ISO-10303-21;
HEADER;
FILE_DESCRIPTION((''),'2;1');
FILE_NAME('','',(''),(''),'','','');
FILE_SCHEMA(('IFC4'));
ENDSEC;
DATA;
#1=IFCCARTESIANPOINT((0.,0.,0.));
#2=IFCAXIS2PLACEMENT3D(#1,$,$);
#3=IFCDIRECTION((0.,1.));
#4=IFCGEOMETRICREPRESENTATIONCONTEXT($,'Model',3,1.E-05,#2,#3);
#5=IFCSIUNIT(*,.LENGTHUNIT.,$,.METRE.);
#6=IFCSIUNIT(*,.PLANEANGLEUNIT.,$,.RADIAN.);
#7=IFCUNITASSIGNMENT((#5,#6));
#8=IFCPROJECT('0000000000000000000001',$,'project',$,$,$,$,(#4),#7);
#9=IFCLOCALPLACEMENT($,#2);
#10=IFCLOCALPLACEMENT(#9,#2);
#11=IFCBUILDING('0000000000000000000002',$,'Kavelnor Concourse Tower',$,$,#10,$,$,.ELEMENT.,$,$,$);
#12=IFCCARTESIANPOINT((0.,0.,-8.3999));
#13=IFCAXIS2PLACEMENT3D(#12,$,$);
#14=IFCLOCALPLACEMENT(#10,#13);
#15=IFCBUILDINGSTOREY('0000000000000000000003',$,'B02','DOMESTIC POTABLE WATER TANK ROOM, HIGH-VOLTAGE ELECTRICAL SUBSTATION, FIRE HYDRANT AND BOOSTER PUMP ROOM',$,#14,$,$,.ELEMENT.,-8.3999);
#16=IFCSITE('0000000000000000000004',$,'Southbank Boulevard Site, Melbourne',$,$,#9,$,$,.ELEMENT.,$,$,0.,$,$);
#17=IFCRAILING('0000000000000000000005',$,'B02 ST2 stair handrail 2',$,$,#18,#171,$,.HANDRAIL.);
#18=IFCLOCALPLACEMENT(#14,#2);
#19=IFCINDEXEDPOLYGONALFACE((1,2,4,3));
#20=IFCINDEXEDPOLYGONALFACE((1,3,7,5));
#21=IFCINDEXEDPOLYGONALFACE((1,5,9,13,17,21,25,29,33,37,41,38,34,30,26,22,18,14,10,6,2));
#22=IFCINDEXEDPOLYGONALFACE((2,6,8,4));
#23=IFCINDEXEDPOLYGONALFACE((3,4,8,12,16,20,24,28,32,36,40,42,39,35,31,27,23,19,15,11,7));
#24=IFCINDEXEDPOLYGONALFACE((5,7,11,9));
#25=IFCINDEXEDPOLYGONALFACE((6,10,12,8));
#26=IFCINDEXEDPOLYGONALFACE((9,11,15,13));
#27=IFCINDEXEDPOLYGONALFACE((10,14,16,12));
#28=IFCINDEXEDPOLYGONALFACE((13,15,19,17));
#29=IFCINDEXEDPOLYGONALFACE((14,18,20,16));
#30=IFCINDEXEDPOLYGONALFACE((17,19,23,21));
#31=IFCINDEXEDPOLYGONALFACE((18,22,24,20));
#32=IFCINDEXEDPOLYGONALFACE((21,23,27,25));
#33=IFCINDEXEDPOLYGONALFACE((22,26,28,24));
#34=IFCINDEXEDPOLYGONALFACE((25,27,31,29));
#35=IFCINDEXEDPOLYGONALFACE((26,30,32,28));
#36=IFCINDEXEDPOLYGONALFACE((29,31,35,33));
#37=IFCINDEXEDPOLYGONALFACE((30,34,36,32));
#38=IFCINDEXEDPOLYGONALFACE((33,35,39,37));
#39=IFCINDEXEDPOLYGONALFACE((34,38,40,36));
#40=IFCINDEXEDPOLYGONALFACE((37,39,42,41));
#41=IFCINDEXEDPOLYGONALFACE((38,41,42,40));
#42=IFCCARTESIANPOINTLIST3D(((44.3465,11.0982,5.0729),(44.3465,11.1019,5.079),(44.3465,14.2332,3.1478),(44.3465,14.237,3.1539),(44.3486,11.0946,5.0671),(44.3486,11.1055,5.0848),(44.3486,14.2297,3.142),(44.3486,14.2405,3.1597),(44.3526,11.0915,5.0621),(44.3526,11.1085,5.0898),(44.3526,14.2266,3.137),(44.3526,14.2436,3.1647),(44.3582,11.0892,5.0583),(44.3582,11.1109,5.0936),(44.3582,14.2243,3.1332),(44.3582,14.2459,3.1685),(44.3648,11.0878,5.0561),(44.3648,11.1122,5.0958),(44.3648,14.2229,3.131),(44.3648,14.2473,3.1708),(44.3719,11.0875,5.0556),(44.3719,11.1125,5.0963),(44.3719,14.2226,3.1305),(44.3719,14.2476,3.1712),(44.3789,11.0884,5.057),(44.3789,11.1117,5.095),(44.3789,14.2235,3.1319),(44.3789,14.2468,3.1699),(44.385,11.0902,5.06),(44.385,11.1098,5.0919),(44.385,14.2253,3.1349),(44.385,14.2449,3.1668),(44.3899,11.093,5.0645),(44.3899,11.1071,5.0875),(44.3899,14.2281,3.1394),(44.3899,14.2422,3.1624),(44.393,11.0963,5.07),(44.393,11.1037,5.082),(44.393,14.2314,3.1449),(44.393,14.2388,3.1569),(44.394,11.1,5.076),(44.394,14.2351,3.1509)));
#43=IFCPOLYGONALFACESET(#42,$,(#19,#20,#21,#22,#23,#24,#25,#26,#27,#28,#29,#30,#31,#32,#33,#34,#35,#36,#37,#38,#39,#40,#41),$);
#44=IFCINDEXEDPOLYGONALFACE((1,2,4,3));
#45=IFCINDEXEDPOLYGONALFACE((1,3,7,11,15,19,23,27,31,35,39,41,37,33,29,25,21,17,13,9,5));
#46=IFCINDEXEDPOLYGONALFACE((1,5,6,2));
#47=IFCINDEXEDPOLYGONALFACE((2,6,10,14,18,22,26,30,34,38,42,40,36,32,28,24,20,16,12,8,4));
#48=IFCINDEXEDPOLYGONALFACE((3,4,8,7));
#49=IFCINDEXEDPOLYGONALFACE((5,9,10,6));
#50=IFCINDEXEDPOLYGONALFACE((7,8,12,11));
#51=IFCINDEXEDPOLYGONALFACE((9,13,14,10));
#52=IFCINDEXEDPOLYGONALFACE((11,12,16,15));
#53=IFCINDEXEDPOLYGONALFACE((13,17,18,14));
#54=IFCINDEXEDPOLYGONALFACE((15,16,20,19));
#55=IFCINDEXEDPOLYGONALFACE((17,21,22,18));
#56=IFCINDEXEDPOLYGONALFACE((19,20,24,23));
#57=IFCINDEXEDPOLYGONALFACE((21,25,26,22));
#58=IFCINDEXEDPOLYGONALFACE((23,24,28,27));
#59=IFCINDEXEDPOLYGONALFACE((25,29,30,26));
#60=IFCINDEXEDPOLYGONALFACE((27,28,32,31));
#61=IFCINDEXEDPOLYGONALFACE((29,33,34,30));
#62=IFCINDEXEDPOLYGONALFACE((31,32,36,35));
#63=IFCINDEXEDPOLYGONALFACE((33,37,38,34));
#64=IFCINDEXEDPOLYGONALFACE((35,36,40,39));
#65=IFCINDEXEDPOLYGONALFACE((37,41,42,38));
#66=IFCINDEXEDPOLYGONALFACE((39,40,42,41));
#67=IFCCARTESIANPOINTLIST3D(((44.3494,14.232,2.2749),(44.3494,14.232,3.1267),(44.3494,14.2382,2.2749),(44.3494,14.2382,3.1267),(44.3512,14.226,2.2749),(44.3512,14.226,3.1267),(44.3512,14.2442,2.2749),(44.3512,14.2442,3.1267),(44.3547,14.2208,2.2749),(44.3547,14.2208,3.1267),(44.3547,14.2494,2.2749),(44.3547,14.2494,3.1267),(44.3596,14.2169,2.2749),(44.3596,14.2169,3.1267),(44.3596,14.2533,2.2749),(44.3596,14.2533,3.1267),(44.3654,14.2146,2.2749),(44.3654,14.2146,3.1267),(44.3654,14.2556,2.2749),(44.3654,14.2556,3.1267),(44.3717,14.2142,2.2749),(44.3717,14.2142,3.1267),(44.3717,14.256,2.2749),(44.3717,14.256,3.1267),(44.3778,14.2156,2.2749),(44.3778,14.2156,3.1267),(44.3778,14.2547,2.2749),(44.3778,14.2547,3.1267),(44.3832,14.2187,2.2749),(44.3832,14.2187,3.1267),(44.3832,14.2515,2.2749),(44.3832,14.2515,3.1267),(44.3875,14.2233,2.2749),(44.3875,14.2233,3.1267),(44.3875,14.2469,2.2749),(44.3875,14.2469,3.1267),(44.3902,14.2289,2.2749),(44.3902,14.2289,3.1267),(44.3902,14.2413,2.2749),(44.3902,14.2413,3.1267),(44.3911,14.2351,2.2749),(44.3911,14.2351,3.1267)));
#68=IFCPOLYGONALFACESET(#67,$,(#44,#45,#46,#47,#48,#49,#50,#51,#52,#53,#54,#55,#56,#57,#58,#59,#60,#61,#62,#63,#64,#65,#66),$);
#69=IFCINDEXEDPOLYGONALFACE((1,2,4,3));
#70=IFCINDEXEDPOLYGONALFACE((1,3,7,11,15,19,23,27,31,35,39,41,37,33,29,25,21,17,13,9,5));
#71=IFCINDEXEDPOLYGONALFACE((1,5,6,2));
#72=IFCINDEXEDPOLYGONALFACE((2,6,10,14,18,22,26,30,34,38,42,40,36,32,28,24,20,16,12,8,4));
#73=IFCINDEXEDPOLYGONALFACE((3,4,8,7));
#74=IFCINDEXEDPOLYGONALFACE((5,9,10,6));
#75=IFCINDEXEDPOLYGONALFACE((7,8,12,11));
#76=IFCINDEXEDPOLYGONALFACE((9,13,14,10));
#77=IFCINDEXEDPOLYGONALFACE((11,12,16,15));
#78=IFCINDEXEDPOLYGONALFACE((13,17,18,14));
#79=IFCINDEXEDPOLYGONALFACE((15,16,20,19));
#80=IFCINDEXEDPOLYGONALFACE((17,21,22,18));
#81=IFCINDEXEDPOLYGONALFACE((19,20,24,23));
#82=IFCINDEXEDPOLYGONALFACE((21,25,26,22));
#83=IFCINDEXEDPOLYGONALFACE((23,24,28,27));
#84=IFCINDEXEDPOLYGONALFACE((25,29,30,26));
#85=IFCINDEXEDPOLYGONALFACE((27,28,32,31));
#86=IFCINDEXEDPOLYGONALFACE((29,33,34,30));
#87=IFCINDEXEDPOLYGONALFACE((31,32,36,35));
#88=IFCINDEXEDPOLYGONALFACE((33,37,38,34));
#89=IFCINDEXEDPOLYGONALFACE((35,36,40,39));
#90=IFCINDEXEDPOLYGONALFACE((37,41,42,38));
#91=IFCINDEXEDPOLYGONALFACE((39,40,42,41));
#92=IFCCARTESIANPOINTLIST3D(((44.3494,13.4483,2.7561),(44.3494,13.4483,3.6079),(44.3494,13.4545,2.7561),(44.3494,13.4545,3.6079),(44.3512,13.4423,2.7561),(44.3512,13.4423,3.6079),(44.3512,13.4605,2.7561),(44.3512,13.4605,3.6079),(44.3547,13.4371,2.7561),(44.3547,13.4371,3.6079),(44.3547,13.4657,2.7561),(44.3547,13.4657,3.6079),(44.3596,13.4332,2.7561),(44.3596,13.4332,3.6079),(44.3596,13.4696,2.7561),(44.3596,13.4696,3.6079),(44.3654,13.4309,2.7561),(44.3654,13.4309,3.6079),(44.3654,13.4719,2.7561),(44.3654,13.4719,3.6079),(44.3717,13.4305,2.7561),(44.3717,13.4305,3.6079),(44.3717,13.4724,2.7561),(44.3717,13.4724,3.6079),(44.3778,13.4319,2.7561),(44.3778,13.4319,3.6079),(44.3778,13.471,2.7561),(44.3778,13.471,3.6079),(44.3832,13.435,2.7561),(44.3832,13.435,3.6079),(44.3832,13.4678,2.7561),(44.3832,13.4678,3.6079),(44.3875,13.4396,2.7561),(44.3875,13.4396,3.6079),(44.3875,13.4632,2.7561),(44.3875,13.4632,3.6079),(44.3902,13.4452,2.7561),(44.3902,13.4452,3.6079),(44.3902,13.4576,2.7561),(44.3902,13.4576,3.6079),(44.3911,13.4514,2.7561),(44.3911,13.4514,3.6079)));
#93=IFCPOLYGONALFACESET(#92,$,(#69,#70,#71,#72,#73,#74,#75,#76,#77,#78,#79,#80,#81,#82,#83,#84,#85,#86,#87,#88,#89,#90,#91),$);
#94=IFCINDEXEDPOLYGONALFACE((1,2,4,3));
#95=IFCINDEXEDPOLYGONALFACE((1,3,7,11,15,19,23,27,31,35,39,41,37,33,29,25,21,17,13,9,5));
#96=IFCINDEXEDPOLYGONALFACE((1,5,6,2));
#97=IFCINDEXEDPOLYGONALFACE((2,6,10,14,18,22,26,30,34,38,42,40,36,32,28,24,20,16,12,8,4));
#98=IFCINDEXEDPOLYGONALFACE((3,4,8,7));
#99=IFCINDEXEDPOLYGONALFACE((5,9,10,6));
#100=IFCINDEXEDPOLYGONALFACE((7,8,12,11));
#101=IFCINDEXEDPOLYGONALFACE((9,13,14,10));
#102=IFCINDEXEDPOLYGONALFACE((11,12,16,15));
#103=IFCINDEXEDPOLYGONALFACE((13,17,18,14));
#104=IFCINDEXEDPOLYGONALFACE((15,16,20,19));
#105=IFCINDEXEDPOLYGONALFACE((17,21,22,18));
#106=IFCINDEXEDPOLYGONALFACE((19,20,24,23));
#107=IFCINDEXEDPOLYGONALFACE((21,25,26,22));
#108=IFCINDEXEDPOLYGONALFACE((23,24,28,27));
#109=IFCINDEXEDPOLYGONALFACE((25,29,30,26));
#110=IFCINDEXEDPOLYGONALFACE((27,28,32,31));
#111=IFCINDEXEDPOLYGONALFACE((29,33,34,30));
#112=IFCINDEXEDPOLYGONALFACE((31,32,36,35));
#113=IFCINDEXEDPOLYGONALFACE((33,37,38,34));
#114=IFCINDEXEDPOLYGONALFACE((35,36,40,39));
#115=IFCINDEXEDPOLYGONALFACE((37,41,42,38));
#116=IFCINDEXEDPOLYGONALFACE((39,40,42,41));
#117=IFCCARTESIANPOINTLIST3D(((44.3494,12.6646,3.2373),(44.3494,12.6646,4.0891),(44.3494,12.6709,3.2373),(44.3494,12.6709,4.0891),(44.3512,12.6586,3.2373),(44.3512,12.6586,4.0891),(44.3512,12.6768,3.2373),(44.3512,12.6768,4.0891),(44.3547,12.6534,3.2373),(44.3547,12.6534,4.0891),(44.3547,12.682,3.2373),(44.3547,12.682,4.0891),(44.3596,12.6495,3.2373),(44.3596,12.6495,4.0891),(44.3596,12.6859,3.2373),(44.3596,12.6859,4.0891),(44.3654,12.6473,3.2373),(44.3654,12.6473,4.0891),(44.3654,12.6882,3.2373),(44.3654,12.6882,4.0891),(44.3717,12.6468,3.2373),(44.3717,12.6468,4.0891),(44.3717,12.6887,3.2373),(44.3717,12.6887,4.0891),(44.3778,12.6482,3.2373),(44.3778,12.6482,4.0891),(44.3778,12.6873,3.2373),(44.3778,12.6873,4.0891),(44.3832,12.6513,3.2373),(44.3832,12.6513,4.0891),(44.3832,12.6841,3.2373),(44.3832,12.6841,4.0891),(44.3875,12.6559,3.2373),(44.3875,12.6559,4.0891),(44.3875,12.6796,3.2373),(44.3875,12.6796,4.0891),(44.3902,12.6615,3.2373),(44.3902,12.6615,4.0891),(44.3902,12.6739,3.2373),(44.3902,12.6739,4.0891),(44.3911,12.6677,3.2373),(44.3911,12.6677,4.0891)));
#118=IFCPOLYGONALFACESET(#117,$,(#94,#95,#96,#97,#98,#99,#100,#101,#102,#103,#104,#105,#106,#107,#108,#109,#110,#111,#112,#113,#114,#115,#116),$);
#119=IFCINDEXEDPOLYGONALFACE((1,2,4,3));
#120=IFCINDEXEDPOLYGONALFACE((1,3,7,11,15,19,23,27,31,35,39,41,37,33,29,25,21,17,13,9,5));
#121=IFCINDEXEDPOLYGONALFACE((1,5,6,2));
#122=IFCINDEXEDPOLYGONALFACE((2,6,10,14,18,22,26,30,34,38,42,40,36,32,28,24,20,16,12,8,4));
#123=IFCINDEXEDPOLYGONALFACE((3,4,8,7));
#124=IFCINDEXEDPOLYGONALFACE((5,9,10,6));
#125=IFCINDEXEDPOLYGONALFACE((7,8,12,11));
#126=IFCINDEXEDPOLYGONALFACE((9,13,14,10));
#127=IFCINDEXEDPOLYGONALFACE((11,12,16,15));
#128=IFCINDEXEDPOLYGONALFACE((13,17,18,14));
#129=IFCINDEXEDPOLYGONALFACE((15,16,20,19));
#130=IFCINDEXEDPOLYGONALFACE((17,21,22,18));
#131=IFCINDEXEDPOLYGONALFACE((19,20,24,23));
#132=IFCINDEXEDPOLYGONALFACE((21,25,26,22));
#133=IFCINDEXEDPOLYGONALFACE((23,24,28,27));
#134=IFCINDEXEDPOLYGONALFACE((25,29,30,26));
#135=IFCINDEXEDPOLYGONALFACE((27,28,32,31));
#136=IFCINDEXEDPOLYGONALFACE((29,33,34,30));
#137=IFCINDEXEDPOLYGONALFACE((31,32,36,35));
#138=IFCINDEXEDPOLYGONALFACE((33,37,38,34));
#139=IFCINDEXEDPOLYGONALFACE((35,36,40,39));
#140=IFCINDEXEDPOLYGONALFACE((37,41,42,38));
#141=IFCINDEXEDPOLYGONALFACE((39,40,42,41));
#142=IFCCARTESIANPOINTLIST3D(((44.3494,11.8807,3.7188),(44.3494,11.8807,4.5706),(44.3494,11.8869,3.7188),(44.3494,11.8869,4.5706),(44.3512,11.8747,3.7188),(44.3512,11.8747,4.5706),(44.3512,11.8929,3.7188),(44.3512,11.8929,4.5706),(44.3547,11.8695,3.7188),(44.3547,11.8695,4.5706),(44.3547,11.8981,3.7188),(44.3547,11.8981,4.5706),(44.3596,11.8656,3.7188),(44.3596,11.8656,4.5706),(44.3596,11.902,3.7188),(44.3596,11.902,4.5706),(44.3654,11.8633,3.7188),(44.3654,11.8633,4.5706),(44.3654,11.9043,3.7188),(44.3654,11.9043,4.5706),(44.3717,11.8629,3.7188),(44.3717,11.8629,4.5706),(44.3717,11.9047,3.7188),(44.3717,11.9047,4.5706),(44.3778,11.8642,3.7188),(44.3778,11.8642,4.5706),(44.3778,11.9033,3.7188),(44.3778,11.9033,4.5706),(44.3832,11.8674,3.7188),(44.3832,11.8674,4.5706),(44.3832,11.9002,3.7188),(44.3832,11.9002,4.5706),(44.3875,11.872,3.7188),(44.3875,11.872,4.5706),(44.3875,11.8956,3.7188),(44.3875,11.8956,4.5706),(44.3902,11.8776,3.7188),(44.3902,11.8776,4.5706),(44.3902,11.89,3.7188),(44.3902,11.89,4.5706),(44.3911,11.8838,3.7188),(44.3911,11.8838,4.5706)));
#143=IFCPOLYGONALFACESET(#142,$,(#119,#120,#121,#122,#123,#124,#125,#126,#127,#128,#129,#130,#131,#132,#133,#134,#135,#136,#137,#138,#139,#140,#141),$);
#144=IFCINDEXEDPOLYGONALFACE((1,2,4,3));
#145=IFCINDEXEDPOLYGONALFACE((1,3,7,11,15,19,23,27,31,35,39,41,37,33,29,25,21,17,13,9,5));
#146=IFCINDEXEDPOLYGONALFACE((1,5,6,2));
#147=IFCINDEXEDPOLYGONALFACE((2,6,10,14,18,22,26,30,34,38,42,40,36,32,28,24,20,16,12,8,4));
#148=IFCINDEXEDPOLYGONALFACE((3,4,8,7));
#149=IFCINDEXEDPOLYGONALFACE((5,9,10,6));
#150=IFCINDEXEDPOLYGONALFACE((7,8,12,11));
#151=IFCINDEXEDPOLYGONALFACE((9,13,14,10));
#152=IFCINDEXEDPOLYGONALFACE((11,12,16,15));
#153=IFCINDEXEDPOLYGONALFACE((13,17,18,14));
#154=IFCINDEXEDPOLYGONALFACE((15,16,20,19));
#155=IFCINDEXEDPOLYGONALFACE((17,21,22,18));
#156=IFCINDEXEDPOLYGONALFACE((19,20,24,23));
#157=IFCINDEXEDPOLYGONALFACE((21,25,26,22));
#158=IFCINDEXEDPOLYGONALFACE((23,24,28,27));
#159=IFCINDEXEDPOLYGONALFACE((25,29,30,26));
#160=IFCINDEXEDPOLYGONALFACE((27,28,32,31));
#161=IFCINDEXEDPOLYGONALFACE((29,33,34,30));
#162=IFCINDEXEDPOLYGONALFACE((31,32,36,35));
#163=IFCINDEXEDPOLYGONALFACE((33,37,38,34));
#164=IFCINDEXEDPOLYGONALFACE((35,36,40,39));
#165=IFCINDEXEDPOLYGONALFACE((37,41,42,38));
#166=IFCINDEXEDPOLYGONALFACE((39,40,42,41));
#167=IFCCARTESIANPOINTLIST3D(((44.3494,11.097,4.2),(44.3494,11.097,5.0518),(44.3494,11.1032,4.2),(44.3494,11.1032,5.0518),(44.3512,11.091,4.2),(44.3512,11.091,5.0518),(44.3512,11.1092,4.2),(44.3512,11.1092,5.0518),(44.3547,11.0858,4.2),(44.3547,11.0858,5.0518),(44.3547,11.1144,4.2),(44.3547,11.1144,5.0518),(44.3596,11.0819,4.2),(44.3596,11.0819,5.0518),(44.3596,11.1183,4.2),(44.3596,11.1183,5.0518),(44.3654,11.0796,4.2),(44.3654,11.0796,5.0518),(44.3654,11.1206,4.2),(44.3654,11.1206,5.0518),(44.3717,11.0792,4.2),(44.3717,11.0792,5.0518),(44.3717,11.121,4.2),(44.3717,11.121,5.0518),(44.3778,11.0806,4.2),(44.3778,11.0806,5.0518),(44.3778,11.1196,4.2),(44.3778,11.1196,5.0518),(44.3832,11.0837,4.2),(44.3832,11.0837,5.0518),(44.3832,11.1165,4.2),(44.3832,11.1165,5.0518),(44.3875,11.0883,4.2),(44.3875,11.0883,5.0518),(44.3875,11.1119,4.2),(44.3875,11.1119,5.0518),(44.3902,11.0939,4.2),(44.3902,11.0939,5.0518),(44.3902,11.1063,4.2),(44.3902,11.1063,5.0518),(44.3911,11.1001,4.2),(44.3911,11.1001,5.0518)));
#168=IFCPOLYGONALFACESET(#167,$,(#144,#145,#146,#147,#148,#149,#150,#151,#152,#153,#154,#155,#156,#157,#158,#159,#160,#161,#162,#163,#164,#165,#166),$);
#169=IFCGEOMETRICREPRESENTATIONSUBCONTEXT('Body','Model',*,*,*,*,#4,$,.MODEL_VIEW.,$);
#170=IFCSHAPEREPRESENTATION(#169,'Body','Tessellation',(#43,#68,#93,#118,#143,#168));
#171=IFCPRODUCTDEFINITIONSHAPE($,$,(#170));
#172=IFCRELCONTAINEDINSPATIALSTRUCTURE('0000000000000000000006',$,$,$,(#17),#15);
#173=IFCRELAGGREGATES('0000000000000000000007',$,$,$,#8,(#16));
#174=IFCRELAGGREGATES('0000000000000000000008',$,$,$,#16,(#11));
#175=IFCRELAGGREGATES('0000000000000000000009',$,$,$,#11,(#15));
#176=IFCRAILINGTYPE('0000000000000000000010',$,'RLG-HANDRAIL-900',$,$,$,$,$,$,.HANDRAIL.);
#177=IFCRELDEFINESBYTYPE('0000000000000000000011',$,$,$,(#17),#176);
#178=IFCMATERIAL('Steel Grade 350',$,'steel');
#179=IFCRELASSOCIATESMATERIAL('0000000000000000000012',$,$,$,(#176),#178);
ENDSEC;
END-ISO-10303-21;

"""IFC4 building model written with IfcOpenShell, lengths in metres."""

from ifc_helpers import new_model, si_unit, direction, frame, origin, origin_2d, place, context, subcontext, project, spatial, circle, extrude, material, type_object, element, save


model = new_model("IFC4")

# Units and contexts
model_context = context("Model", 3, precision=1e-05, world=origin(), true_north=direction((0.0, 1.0)))
body_context = subcontext(model_context, "Body", "Model", "MODEL_VIEW")
ifc_project = project(units=[si_unit("LENGTHUNIT", "METRE"), si_unit("PLANEANGLEUNIT", "RADIAN")], contexts=[model_context])

# Site, building, storey
site_placement = place(None, origin())
site = spatial("IfcSite", under=ifc_project, at=site_placement, Name="Southbank Boulevard Site, Melbourne", CompositionType="ELEMENT", RefElevation=0.0)
building_placement = place(site_placement, origin())
building = spatial("IfcBuilding", under=site, at=building_placement, Name="Kavelnor Concourse Tower", CompositionType="ELEMENT")
storey_placement = place(building_placement, frame((0.0, 0.0, -8.3999)))
storey = spatial("IfcBuildingStorey", under=building, at=storey_placement, Name="B02", Description="DOMESTIC POTABLE WATER TANK ROOM, HIGH-VOLTAGE ELECTRICAL SUBSTATION, FIRE HYDRANT AND BOOSTER PUMP ROOM", CompositionType="ELEMENT", Elevation=-8.3999)

# Shared definitions
ifc_material_1 = material(Name="Steel Grade 350", Category="steel")

# Railing
railing_type_1 = type_object("IfcRailingType", Name="RLG-HANDRAIL-900", PredefinedType="HANDRAIL", material=ifc_material_1)
railing_1_placement = place(storey_placement, frame((44.3701, 14.2351, 2.2749)))
element("IfcRailing", 1, at=railing_1_placement, inside=storey, type_object=railing_type_1, Name="B02 ST2 stair handrail 2", PredefinedType="HANDRAIL", context=body_context, shape_type="SweptSolid", body=[
    extrude(circle(Radius=0.0239, at=origin_2d()), frame((0.0, 0.0, 0.876), z_axis=(0.0, -0.852166, 0.523271), x_axis=(1.0, 0.0, 0.0)), (0.0, 0.0, 1.0), 3.679),
    extrude(circle(Radius=0.021, at=origin_2d()), origin(), (0.0, 0.0, 1.0), 0.8518),
    extrude(circle(Radius=0.021, at=origin_2d()), frame((0.0, -0.7837, 0.4812)), (0.0, 0.0, 1.0), 0.8518),
    extrude(circle(Radius=0.021, at=origin_2d()), frame((0.0, -1.5674, 0.9624)), (0.0, 0.0, 1.0), 0.8518),
    extrude(circle(Radius=0.021, at=origin_2d()), frame((0.0, -2.3513, 1.4438)), (0.0, 0.0, 1.0), 0.8518),
    extrude(circle(Radius=0.021, at=origin_2d()), frame((0.0, -3.135, 1.925)), (0.0, 0.0, 1.0), 0.8518),
])

save(model, "model.ifc")
